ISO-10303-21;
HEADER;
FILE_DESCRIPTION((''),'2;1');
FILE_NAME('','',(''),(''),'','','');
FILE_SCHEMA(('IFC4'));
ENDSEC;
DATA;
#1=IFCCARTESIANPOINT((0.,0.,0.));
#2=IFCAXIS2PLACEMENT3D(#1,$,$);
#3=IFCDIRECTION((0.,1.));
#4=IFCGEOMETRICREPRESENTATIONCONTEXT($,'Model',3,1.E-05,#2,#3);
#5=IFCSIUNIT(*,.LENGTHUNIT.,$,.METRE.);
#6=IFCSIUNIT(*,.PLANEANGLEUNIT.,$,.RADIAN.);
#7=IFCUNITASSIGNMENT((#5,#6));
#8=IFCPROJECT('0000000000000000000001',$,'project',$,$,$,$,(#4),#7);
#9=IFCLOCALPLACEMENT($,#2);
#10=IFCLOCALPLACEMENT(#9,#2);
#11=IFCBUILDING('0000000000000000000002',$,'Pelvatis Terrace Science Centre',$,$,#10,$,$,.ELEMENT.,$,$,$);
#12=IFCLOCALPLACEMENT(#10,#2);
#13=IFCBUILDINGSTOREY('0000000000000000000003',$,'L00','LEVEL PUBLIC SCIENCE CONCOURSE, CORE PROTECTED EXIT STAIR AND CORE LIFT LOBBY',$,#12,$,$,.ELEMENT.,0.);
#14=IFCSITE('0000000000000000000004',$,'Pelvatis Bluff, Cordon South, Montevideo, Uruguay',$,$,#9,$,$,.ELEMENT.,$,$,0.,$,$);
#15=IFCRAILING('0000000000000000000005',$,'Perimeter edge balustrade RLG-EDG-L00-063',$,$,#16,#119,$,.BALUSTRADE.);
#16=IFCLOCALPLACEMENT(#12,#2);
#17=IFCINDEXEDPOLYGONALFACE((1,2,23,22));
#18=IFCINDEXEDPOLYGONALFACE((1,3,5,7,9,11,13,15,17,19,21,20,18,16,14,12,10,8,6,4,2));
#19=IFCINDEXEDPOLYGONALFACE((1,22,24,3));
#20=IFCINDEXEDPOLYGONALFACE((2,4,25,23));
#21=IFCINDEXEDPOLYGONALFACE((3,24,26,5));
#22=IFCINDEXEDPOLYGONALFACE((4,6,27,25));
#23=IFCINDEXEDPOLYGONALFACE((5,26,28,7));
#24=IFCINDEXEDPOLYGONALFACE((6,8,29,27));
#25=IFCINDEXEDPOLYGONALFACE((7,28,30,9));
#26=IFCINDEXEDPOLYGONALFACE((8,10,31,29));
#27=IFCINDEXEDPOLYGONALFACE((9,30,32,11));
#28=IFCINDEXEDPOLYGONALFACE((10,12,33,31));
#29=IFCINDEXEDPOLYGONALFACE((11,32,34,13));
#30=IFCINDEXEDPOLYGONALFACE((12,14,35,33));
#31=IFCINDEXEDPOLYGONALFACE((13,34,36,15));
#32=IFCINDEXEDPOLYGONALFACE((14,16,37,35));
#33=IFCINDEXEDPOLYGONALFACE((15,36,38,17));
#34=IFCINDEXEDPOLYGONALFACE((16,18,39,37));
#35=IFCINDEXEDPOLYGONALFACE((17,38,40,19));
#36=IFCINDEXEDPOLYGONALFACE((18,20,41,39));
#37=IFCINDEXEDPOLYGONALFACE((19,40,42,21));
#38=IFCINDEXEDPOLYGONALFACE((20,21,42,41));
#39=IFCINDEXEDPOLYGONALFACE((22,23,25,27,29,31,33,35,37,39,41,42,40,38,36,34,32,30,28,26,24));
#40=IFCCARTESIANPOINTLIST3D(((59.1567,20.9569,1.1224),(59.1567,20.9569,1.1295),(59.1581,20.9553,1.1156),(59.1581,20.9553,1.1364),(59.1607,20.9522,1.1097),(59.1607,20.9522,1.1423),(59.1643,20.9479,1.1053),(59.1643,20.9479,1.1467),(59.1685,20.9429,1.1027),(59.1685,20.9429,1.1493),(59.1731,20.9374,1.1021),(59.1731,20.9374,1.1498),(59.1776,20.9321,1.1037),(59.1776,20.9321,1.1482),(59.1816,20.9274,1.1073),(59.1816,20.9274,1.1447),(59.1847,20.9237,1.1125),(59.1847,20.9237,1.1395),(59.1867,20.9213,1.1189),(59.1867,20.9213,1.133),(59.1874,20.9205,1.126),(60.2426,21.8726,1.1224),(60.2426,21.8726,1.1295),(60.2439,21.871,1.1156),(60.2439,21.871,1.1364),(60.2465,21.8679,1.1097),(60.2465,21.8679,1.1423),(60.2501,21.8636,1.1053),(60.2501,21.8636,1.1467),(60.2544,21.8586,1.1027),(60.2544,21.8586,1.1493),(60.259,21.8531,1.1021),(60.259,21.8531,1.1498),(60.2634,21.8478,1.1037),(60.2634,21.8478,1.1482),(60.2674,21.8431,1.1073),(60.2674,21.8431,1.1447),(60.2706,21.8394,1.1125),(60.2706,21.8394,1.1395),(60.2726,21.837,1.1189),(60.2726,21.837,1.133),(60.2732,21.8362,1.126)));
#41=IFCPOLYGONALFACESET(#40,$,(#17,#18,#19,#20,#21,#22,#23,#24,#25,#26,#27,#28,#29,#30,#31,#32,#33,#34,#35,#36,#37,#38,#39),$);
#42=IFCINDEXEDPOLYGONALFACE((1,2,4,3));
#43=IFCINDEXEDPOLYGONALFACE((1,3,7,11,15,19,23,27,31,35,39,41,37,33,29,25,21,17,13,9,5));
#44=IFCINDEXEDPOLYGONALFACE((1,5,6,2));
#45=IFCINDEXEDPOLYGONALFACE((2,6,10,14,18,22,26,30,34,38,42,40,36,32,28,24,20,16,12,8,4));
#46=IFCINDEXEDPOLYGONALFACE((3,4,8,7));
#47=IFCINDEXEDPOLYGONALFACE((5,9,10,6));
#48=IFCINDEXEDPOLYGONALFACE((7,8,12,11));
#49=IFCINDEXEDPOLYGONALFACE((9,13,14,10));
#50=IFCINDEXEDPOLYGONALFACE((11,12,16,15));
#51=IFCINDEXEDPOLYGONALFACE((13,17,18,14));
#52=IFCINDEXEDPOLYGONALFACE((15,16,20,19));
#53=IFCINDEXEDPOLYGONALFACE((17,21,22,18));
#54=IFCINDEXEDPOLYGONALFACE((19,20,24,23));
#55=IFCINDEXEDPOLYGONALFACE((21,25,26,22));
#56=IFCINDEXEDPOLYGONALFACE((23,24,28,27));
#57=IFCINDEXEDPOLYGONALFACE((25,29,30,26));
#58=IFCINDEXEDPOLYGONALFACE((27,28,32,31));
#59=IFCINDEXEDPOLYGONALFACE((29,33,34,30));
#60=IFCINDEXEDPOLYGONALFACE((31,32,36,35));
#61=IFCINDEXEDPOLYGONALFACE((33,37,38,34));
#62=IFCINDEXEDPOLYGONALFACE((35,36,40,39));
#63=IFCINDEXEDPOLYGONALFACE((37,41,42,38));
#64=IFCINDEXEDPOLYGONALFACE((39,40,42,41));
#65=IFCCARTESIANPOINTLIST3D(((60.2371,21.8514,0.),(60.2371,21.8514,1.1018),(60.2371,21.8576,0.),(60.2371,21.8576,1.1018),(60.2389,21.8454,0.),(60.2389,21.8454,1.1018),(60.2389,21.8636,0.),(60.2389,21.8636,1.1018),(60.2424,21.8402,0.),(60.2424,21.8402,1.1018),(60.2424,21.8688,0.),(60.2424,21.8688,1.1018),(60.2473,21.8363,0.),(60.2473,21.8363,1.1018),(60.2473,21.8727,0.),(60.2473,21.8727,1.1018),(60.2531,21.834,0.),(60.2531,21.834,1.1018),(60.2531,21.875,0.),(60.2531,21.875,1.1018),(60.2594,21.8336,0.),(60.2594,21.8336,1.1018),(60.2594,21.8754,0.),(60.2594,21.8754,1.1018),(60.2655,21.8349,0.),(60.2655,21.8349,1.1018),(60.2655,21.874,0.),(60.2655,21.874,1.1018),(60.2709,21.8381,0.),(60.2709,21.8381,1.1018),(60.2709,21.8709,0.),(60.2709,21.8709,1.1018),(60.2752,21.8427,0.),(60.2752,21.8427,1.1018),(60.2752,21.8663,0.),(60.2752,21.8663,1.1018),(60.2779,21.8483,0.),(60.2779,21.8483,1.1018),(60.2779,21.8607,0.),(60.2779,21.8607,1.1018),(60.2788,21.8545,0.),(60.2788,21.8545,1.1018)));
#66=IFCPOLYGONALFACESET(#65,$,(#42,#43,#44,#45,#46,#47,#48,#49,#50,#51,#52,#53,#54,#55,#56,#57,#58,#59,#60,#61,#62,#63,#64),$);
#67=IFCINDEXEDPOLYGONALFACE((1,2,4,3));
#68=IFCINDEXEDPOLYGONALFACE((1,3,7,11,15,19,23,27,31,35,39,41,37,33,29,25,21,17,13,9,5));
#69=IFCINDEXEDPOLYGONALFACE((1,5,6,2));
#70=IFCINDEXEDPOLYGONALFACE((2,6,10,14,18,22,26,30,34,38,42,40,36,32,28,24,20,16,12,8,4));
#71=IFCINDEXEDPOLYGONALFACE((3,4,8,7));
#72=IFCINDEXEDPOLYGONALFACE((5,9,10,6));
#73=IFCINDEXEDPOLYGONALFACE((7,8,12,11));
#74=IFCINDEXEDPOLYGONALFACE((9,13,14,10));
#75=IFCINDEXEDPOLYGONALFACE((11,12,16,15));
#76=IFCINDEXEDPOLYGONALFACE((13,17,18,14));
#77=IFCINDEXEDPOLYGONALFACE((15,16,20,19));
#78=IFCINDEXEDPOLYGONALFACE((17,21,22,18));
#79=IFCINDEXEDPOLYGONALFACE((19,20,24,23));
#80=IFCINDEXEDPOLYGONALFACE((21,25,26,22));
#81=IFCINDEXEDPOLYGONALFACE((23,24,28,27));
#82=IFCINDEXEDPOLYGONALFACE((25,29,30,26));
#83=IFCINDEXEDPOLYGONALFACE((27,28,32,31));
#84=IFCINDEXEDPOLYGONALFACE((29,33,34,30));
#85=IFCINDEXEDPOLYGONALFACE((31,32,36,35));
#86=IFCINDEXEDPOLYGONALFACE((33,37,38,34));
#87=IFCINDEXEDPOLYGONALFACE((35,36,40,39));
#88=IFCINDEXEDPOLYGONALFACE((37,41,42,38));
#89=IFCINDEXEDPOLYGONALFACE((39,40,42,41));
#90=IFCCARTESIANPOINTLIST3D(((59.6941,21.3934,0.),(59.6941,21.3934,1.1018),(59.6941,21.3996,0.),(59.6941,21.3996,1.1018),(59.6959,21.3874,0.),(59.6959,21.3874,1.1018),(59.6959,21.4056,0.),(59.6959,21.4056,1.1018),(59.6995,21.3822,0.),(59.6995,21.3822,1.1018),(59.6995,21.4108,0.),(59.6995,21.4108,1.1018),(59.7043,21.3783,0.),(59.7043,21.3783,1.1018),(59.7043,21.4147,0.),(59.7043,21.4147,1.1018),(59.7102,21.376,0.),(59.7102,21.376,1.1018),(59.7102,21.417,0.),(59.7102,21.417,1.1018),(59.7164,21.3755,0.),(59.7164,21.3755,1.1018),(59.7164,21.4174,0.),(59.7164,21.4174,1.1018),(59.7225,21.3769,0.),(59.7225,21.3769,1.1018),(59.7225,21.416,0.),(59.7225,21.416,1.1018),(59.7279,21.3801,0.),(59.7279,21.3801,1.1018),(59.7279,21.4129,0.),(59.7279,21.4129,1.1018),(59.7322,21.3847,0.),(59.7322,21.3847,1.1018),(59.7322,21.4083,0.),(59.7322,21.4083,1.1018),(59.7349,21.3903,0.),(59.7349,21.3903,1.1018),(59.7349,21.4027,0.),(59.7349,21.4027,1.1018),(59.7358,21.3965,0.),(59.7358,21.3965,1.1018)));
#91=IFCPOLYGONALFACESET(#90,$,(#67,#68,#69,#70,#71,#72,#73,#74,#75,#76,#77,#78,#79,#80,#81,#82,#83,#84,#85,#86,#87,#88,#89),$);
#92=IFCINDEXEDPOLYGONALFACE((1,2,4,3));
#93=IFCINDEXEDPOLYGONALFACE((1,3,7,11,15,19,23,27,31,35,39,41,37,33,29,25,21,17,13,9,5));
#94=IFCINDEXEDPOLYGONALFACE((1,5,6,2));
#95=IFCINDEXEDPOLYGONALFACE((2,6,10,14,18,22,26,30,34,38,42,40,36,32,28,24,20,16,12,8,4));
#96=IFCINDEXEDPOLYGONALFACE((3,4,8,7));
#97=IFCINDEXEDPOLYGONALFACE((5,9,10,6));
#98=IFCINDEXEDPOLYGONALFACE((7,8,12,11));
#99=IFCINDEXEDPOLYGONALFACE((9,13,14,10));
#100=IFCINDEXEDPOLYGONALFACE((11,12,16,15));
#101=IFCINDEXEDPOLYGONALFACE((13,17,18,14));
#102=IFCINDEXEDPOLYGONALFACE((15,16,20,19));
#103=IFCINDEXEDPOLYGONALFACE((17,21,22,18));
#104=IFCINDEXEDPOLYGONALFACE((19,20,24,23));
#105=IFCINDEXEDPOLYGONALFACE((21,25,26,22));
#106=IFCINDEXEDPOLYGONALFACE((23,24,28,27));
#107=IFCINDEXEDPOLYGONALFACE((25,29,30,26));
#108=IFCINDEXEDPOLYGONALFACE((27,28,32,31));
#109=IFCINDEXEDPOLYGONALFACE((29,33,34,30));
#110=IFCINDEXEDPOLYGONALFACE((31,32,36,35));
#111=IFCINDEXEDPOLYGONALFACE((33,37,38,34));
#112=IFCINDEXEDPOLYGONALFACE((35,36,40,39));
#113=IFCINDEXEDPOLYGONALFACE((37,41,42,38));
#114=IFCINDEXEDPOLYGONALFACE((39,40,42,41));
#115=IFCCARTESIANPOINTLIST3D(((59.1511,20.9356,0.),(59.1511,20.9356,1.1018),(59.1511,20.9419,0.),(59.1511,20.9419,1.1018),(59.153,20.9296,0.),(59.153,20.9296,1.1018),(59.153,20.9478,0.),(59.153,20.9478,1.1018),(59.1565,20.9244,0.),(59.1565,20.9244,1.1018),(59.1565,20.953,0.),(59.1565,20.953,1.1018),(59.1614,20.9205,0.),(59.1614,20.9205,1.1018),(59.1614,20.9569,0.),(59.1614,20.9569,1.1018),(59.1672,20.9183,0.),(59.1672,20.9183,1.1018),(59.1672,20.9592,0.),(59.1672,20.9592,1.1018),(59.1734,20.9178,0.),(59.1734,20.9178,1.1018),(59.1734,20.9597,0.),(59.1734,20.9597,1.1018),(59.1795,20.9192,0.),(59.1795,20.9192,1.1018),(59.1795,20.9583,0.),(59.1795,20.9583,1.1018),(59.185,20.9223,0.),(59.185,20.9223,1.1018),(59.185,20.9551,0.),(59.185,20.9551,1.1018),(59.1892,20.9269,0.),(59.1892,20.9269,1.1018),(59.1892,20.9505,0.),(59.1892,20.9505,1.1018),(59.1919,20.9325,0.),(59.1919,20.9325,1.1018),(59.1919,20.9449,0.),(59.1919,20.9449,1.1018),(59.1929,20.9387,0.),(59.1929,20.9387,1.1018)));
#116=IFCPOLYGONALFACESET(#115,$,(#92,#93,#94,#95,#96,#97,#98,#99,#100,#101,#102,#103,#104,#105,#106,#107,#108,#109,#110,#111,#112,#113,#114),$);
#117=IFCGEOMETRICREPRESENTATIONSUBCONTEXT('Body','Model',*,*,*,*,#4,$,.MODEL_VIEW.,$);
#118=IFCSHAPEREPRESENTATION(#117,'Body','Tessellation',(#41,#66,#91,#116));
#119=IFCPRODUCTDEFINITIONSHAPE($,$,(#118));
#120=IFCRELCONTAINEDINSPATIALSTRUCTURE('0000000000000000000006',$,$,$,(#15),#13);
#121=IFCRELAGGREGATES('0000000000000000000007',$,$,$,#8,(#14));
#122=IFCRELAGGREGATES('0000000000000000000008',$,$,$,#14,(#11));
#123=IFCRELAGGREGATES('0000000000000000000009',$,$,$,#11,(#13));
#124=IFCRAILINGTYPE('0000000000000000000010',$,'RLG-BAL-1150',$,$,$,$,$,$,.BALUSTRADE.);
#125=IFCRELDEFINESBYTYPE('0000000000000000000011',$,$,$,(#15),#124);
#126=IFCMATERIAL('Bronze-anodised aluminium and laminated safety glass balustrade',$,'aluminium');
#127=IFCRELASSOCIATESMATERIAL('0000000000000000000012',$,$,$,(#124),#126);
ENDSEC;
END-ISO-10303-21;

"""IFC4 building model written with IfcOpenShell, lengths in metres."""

from ifc_helpers import new_model, si_unit, direction, frame, origin, origin_2d, place, context, subcontext, project, spatial, circle, extrude, material, type_object, element, save


model = new_model("IFC4")

# Units and contexts
model_context = context("Model", 3, precision=1e-05, world=origin(), true_north=direction((0.0, 1.0)))
body_context = subcontext(model_context, "Body", "Model", "MODEL_VIEW")
ifc_project = project(units=[si_unit("LENGTHUNIT", "METRE"), si_unit("PLANEANGLEUNIT", "RADIAN")], contexts=[model_context])

# Site, building, storey
site_placement = place(None, origin())
site = spatial("IfcSite", under=ifc_project, at=site_placement, Name="Pelvatis Bluff, Cordon South, Montevideo, Uruguay", CompositionType="ELEMENT", RefElevation=0.0)
building_placement = place(site_placement, origin())
building = spatial("IfcBuilding", under=site, at=building_placement, Name="Pelvatis Terrace Science Centre", CompositionType="ELEMENT")
storey_placement = place(building_placement, origin())
storey = spatial("IfcBuildingStorey", under=building, at=storey_placement, Name="L00", Description="LEVEL PUBLIC SCIENCE CONCOURSE, CORE PROTECTED EXIT STAIR AND CORE LIFT LOBBY", CompositionType="ELEMENT", Elevation=0.0)

# Railing
ifc_material_1 = material(Name="Bronze-anodised aluminium and laminated safety glass balustrade", Category="aluminium")
railing_type = type_object("IfcRailingType", Name="RLG-BAL-1150", PredefinedType="BALUSTRADE", material=ifc_material_1)
railing_placement = place(storey_placement, frame((60.2578, 21.8545, 0.0)))
element("IfcRailing", 1, at=railing_placement, inside=storey, type_object=railing_type, Name="Perimeter edge balustrade RLG-EDG-L00-063", PredefinedType="BALUSTRADE", context=body_context, shape_type="SweptSolid", body=[
    extrude(circle(Radius=0.0239, at=origin_2d()), frame((0.0, 0.0, 1.126), z_axis=(-0.764461, -0.64467, 0.0), x_axis=(0.64467, -0.764461, 0.0)), (0.0, 0.0, 1.0), 1.4204),
    extrude(circle(Radius=0.021, at=origin_2d()), origin(), (0.0, 0.0, 1.0), 1.1018),
    extrude(circle(Radius=0.021, at=origin_2d()), frame((-0.543, -0.458, 0.0)), (0.0, 0.0, 1.0), 1.1018),
    extrude(circle(Radius=0.021, at=origin_2d()), frame((-1.0859, -0.9158, 0.0)), (0.0, 0.0, 1.0), 1.1018),
])

save(model, "model.ifc")
